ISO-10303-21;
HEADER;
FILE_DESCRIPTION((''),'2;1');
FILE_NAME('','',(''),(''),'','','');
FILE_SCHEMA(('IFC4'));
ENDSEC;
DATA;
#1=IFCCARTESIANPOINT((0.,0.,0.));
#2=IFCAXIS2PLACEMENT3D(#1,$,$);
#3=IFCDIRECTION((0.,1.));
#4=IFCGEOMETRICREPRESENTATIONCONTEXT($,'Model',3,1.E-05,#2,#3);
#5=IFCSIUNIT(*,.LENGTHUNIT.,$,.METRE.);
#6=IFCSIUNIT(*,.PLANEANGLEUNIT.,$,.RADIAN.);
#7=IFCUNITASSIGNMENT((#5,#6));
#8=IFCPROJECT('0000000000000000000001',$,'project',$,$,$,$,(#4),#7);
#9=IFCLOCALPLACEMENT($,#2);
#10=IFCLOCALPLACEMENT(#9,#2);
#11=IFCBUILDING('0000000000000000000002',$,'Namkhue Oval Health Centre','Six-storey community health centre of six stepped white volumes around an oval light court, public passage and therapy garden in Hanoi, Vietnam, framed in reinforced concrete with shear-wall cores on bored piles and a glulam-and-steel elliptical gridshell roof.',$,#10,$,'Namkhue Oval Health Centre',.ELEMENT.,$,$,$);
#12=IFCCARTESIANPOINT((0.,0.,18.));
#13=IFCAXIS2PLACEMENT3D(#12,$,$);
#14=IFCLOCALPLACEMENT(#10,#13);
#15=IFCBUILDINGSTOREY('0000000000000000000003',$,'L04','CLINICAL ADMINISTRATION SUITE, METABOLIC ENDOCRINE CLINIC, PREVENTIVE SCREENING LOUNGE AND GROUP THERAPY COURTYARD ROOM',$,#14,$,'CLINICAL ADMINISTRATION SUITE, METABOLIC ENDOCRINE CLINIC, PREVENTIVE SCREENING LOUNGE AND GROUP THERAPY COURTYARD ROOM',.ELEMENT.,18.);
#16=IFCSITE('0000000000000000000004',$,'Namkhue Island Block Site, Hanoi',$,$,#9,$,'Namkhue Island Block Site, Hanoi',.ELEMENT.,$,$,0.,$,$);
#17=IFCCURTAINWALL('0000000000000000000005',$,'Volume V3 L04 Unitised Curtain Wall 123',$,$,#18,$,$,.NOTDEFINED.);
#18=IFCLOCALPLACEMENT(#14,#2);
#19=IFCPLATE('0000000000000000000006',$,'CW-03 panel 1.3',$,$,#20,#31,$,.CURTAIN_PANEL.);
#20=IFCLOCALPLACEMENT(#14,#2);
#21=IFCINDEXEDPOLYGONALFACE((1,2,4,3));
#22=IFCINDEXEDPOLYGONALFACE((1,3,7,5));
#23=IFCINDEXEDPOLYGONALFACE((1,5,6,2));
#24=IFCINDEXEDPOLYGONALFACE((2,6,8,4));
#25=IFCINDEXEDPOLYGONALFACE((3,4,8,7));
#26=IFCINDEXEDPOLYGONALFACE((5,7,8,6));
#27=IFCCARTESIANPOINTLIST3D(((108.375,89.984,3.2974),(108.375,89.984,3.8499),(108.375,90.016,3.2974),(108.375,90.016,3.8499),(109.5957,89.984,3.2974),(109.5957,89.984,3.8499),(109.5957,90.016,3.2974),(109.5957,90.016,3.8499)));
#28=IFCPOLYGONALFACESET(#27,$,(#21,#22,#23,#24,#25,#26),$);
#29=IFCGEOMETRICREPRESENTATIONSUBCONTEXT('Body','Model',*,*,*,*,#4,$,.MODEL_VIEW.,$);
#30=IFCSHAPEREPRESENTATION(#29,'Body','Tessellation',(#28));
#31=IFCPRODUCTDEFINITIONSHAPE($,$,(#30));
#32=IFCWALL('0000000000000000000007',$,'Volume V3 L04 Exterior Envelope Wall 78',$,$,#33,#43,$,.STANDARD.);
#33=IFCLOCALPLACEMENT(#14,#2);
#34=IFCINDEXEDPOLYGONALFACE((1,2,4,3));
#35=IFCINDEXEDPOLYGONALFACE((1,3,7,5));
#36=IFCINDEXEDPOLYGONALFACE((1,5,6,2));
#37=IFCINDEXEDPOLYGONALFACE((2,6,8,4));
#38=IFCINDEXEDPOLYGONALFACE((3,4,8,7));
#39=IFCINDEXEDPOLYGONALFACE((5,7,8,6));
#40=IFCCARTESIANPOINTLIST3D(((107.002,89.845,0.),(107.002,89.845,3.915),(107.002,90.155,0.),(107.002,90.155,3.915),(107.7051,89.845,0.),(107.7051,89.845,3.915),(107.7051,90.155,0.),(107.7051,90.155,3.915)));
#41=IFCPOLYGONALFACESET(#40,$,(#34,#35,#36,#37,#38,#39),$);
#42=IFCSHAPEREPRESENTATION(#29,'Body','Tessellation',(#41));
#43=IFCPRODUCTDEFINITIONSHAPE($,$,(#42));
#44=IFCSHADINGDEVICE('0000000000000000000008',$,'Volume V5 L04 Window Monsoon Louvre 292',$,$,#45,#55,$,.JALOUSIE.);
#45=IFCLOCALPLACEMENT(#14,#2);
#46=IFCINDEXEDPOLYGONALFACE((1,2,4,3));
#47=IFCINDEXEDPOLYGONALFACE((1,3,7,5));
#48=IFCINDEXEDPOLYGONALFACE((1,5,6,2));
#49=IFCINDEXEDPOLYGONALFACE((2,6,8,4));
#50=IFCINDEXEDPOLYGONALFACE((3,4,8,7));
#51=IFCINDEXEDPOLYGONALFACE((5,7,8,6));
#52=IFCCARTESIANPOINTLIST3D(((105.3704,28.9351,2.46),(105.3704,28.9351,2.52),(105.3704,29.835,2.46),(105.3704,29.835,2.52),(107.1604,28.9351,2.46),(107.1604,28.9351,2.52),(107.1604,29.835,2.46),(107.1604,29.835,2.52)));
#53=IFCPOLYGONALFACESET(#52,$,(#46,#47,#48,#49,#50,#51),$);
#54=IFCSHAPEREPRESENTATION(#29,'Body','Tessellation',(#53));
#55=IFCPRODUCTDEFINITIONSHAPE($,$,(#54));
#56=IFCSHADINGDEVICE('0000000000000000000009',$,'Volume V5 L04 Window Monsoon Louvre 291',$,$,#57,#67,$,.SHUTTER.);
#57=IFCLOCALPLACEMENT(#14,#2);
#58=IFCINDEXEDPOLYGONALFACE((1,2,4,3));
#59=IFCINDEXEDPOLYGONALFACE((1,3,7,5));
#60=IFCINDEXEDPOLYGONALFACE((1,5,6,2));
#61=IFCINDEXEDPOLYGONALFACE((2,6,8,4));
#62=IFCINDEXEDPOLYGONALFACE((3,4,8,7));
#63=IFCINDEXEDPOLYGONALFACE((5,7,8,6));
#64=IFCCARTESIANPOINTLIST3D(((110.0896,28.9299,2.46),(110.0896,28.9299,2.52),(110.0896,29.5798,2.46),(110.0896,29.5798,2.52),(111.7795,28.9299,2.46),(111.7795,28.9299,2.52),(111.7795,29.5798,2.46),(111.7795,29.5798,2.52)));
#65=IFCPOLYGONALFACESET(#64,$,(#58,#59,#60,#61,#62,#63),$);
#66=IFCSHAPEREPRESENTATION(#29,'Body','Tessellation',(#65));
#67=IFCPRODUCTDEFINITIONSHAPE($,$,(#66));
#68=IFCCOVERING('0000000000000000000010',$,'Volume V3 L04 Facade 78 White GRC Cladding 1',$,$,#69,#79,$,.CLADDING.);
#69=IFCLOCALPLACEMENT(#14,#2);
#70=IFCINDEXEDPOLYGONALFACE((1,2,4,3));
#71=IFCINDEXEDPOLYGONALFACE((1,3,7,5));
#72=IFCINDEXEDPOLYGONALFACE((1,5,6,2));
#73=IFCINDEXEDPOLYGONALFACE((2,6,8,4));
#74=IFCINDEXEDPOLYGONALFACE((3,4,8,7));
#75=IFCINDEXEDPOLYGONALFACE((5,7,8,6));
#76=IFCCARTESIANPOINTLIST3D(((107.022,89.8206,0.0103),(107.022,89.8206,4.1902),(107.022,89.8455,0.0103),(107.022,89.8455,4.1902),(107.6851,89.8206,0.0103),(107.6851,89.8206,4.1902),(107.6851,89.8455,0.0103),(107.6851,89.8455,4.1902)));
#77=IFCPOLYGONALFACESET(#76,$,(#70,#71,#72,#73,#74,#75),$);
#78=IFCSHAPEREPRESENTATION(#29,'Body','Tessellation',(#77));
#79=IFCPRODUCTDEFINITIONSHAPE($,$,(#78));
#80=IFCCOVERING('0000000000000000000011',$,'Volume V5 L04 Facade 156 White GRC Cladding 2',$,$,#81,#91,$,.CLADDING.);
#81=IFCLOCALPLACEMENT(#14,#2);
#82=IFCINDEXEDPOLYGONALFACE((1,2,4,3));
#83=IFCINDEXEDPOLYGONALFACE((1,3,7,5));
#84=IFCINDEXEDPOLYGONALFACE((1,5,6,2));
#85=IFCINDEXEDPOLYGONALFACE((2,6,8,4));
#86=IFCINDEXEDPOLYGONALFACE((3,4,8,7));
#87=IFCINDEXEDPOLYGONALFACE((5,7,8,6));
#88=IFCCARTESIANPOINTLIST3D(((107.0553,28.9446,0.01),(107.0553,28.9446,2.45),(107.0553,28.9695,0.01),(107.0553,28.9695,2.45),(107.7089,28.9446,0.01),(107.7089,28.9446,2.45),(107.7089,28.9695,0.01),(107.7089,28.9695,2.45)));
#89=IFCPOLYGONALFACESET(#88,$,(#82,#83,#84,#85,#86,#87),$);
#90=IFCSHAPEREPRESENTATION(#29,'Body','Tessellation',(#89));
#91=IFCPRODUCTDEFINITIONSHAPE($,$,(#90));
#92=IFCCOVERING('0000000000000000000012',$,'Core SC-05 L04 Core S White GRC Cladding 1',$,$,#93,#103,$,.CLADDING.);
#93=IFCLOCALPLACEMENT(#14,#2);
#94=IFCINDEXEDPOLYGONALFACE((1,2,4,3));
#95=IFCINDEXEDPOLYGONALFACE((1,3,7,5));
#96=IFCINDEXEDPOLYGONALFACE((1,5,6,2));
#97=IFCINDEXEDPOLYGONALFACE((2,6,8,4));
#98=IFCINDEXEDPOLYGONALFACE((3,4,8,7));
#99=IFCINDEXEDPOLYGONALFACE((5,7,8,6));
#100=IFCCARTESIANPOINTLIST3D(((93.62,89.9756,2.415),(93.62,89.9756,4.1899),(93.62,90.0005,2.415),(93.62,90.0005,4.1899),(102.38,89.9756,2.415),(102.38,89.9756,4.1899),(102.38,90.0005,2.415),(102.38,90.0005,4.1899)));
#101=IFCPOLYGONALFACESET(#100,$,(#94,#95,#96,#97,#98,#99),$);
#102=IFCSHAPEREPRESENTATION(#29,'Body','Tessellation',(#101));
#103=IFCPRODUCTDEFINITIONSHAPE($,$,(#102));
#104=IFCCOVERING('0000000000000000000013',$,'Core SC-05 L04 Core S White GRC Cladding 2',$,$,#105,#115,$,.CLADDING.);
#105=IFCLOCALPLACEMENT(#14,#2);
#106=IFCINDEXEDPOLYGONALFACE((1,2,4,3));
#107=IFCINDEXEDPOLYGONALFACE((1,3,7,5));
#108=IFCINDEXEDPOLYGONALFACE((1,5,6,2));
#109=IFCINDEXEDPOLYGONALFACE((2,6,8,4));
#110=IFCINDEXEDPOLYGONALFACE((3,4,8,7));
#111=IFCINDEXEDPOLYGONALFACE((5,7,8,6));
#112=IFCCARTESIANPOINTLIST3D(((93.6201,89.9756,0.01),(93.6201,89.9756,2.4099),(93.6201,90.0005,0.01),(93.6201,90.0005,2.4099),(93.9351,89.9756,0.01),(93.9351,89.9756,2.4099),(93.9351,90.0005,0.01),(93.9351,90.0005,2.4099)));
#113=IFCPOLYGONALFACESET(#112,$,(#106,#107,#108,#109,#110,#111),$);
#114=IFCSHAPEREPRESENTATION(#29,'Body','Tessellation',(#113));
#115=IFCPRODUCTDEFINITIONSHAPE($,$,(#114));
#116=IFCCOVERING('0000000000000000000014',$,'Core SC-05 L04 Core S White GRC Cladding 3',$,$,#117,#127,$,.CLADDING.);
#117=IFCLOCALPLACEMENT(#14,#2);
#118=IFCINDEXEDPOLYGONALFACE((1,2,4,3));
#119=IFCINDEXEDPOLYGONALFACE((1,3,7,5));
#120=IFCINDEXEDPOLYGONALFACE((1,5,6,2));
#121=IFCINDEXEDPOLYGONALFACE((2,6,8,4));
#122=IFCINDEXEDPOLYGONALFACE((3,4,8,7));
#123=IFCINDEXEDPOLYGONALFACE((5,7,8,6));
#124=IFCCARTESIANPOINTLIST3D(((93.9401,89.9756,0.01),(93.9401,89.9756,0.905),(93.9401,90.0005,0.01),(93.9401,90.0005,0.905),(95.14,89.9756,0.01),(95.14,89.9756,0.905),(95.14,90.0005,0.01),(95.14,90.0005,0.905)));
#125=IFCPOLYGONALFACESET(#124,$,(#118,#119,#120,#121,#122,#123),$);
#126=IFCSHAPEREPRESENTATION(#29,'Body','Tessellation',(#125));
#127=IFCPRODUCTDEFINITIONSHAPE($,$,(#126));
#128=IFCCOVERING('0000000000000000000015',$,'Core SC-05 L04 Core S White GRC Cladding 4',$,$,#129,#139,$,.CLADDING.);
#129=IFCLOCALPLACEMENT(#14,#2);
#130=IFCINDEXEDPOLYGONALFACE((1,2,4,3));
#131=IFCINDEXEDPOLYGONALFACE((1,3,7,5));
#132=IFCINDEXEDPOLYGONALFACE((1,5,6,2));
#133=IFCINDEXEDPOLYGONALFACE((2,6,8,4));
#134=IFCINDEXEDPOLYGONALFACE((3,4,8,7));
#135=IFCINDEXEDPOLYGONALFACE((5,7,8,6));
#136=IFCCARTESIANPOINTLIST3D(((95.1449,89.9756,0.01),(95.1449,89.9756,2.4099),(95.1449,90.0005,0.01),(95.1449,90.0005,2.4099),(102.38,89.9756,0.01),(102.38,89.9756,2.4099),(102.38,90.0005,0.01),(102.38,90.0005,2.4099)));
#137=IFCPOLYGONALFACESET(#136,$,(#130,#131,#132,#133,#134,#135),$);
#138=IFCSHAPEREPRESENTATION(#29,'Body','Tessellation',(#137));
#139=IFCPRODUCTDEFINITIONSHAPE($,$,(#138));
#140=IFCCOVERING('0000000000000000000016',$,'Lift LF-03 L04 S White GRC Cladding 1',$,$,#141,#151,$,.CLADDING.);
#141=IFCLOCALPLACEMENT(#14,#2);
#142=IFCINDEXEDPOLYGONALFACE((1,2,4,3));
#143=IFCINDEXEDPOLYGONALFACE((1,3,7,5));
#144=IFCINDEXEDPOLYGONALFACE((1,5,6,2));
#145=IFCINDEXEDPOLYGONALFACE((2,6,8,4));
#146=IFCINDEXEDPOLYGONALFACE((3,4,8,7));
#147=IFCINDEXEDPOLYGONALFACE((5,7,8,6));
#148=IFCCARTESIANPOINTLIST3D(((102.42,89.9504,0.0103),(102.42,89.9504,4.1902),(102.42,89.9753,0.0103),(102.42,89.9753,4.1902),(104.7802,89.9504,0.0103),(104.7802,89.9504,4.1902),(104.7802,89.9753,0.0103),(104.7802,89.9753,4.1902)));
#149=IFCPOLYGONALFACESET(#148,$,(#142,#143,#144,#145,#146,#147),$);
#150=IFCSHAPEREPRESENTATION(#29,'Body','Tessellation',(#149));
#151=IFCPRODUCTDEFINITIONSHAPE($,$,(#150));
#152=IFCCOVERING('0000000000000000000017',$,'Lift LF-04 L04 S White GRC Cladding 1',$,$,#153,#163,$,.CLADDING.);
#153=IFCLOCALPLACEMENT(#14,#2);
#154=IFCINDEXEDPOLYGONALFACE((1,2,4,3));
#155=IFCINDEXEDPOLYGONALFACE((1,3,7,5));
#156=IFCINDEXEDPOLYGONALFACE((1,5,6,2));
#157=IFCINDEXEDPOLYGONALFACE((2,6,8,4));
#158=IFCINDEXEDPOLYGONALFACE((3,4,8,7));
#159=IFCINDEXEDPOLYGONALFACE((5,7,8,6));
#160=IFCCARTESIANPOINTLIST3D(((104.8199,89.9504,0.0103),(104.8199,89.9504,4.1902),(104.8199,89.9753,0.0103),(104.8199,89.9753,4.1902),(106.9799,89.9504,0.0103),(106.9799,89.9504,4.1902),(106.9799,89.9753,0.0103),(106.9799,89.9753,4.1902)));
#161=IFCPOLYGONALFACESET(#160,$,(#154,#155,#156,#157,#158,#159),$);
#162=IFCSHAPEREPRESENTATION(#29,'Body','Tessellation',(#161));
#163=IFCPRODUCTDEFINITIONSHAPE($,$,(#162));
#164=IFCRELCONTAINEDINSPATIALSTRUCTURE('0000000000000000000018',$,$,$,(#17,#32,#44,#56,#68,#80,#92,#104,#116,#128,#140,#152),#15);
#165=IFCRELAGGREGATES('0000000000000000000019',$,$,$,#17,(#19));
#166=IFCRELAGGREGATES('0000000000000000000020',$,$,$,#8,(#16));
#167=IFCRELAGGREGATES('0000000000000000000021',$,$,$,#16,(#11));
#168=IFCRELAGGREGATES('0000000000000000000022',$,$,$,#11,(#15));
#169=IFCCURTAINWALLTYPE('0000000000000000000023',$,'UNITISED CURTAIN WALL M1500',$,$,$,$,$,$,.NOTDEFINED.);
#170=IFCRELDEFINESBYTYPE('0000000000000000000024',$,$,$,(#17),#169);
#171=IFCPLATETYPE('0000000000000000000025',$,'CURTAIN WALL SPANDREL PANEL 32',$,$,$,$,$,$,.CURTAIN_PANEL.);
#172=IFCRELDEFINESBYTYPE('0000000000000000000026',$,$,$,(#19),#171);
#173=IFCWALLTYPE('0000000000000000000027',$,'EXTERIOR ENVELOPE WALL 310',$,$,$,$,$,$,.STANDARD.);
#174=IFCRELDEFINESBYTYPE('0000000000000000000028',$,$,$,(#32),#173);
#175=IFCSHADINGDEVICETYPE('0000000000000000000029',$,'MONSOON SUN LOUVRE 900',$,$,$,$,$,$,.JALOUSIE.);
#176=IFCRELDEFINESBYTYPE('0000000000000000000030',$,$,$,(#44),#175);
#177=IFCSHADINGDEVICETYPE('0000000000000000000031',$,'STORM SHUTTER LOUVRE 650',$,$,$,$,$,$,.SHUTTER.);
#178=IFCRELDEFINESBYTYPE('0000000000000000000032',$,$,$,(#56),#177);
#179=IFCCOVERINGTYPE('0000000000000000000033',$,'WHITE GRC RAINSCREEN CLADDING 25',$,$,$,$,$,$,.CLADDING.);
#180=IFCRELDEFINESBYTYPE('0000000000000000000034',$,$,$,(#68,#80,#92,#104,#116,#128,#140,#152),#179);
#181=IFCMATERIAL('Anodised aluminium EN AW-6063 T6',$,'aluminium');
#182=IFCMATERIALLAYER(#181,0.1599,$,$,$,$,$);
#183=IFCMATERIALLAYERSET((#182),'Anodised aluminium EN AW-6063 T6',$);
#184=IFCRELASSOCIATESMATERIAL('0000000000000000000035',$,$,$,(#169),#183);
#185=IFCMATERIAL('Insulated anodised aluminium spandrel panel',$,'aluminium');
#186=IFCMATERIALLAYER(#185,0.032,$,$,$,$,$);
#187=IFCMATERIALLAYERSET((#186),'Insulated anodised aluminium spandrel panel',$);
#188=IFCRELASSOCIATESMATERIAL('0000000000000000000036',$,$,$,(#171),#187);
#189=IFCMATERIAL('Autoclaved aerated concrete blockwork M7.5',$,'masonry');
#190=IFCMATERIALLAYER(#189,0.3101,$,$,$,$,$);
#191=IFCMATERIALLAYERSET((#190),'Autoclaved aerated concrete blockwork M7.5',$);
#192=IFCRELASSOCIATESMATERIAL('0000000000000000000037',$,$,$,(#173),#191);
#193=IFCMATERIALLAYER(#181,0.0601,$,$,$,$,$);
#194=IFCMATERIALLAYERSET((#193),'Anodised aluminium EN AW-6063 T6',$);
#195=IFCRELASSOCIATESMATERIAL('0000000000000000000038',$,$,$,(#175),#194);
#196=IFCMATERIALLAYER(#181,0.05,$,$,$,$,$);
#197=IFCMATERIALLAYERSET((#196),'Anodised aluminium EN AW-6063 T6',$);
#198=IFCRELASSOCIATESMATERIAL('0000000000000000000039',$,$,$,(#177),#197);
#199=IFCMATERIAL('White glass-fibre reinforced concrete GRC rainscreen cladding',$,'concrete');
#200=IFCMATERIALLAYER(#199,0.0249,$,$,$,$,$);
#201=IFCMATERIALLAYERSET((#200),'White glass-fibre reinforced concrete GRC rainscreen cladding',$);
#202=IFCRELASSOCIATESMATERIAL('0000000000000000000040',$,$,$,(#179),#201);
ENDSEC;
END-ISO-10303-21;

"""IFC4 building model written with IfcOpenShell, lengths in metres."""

from ifc_helpers import new_model, si_unit, direction, frame, frame_2d, origin, origin_2d, place, context, subcontext, project, spatial, rectangle, extrude, material, layer, layer_set, type_object, element, aggregate, save


model = new_model("IFC4")

# Units and contexts
model_context = context("Model", 3, precision=1e-05, world=origin(), true_north=direction((0.0, 1.0)))
body_context = subcontext(model_context, "Body", "Model", "MODEL_VIEW")
ifc_project = project(units=[si_unit("LENGTHUNIT", "METRE"), si_unit("PLANEANGLEUNIT", "RADIAN")], contexts=[model_context])

# Site, building, storey
site_placement = place(None, origin())
site = spatial("IfcSite", under=ifc_project, at=site_placement, Name="Namkhue Island Block Site, Hanoi", LongName="Namkhue Island Block Site, Hanoi", CompositionType="ELEMENT", RefElevation=0.0)
building_placement = place(site_placement, origin())
building = spatial("IfcBuilding", under=site, at=building_placement, Name="Namkhue Oval Health Centre", Description="Six-storey community health centre of six stepped white volumes around an oval light court, public passage and therapy garden in Hanoi, Vietnam, framed in reinforced concrete with shear-wall cores on bored piles and a glulam-and-steel elliptical gridshell roof.", LongName="Namkhue Oval Health Centre", CompositionType="ELEMENT")
storey_placement = place(building_placement, frame((0.0, 0.0, 18.0)))
storey = spatial("IfcBuildingStorey", under=building, at=storey_placement, Name="L04", Description="CLINICAL ADMINISTRATION SUITE, METABOLIC ENDOCRINE CLINIC, PREVENTIVE SCREENING LOUNGE AND GROUP THERAPY COURTYARD ROOM", LongName="CLINICAL ADMINISTRATION SUITE, METABOLIC ENDOCRINE CLINIC, PREVENTIVE SCREENING LOUNGE AND GROUP THERAPY COURTYARD ROOM", CompositionType="ELEMENT", Elevation=18.0)

# Curtain wall, plate
ifc_material_1 = material(Name="Anodised aluminium EN AW-6063 T6", Category="aluminium")
ifc_layer_1 = layer(ifc_material_1, 0.1599)
ifc_layer_set_1 = layer_set([ifc_layer_1], Name="Anodised aluminium EN AW-6063 T6")
curtain_wall_type = type_object("IfcCurtainWallType", Name="UNITISED CURTAIN WALL M1500", PredefinedType="NOTDEFINED", material=ifc_layer_set_1)
curtain_wall_placement = place(storey_placement, origin())
curtain_wall = element("IfcCurtainWall", 1, at=curtain_wall_placement, inside=storey, type_object=curtain_wall_type, Name="Volume V3 L04 Unitised Curtain Wall 123", PredefinedType="NOTDEFINED")
ifc_material_2 = material(Name="Insulated anodised aluminium spandrel panel", Category="aluminium")
ifc_layer_2 = layer(ifc_material_2, 0.032)
ifc_layer_set_2 = layer_set([ifc_layer_2], Name="Insulated anodised aluminium spandrel panel")
plate_type = type_object("IfcPlateType", Name="CURTAIN WALL SPANDREL PANEL 32", PredefinedType="CURTAIN_PANEL", material=ifc_layer_set_2)
plate_1_placement = place(storey_placement, frame((108.9854, 90.0, 3.2974), z_axis=(0.0, 0.0, 1.0), x_axis=(1.0, 0.0, 0.0)))
plate_1 = element("IfcPlate", 2, at=plate_1_placement, type_object=plate_type, Name="CW-03 panel 1.3", PredefinedType="CURTAIN_PANEL", context=body_context, shape_type="SweptSolid", body=[
    extrude(rectangle(XDim=1.2207, YDim=0.032, at=origin_2d()), origin(), (0.0, 0.0, 1.0), 0.5525),
])
aggregate(curtain_wall, [plate_1])

# Wall
ifc_material_3 = material(Name="Autoclaved aerated concrete blockwork M7.5", Category="masonry")
ifc_layer_3 = layer(ifc_material_3, 0.3101)
ifc_layer_set_3 = layer_set([ifc_layer_3], Name="Autoclaved aerated concrete blockwork M7.5")
wall_type = type_object("IfcWallType", Name="EXTERIOR ENVELOPE WALL 310", PredefinedType="STANDARD", material=ifc_layer_set_3)
wall_placement = place(storey_placement, frame((107.002, 90.0, 0.0), z_axis=(0.0, 0.0, 1.0), x_axis=(1.0, 0.0, 0.0)))
element("IfcWall", 3, at=wall_placement, inside=storey, type_object=wall_type, Name="Volume V3 L04 Exterior Envelope Wall 78", PredefinedType="STANDARD", context=body_context, shape_type="SweptSolid", body=[
    extrude(rectangle(XDim=0.7031, YDim=0.3101, at=frame_2d((0.3516, 0.0))), origin(), (0.0, 0.0, 1.0), 3.915),
])

# Shading devices
ifc_layer_4 = layer(ifc_material_1, 0.0601)
ifc_layer_set_4 = layer_set([ifc_layer_4], Name="Anodised aluminium EN AW-6063 T6")
shading_device_type_1 = type_object("IfcShadingDeviceType", Name="MONSOON SUN LOUVRE 900", PredefinedType="JALOUSIE", material=ifc_layer_set_4)
shading_device_1_placement = place(storey_placement, frame((106.2654, 29.385, 2.46), z_axis=(0.0, 0.0, 1.0), x_axis=(-1.0, 0.0, 0.0)))
element("IfcShadingDevice", 4, at=shading_device_1_placement, inside=storey, type_object=shading_device_type_1, Name="Volume V5 L04 Window Monsoon Louvre 292", PredefinedType="JALOUSIE", context=body_context, shape_type="SweptSolid", body=[
    extrude(rectangle(XDim=1.79, YDim=0.8999, at=origin_2d()), origin(), (0.0, 0.0, 1.0), 0.0601),
])
ifc_layer_5 = layer(ifc_material_1, 0.05)
ifc_layer_set_5 = layer_set([ifc_layer_5], Name="Anodised aluminium EN AW-6063 T6")
shading_device_type_2 = type_object("IfcShadingDeviceType", Name="STORM SHUTTER LOUVRE 650", PredefinedType="SHUTTER", material=ifc_layer_set_5)
shading_device_2_placement = place(storey_placement, frame((110.9346, 29.2549, 2.46), z_axis=(0.0, 0.0, 1.0), x_axis=(-1.0, 0.0, 0.0)))
element("IfcShadingDevice", 5, at=shading_device_2_placement, inside=storey, type_object=shading_device_type_2, Name="Volume V5 L04 Window Monsoon Louvre 291", PredefinedType="SHUTTER", context=body_context, shape_type="SweptSolid", body=[
    extrude(rectangle(XDim=1.6899, YDim=0.6499, at=origin_2d()), origin(), (0.0, 0.0, 1.0), 0.0601),
])

# Coverings
ifc_material_4 = material(Name="White glass-fibre reinforced concrete GRC rainscreen cladding", Category="concrete")
ifc_layer_6 = layer(ifc_material_4, 0.0249)
ifc_layer_set_6 = layer_set([ifc_layer_6], Name="White glass-fibre reinforced concrete GRC rainscreen cladding")
covering_type = type_object("IfcCoveringType", Name="WHITE GRC RAINSCREEN CLADDING 25", PredefinedType="CLADDING", material=ifc_layer_set_6)
covering_1_placement = place(storey_placement, frame((107.3535, 89.833, 0.0103), z_axis=(0.0, 0.0, 1.0), x_axis=(1.0, 0.0, 0.0)))
element("IfcCovering", 6, at=covering_1_placement, inside=storey, type_object=covering_type, Name="Volume V3 L04 Facade 78 White GRC Cladding 1", PredefinedType="CLADDING", context=body_context, shape_type="SweptSolid", body=[
    extrude(rectangle(XDim=0.6631, YDim=0.0249, at=origin_2d()), origin(), (0.0, 0.0, 1.0), 4.1799),
])
covering_2_placement = place(storey_placement, frame((107.3821, 28.957, 0.01), z_axis=(0.0, 0.0, 1.0), x_axis=(-1.0, 0.0, 0.0)))
element("IfcCovering", 7, at=covering_2_placement, inside=storey, type_object=covering_type, Name="Volume V5 L04 Facade 156 White GRC Cladding 2", PredefinedType="CLADDING", context=body_context, shape_type="SweptSolid", body=[
    extrude(rectangle(XDim=0.6536, YDim=0.0249, at=origin_2d()), origin(), (0.0, 0.0, 1.0), 2.4399),
])
covering_3_placement = place(storey_placement, frame((98.0, 89.988, 2.415), z_axis=(0.0, 0.0, 1.0), x_axis=(1.0, 0.0, 0.0)))
element("IfcCovering", 8, at=covering_3_placement, inside=storey, type_object=covering_type, Name="Core SC-05 L04 Core S White GRC Cladding 1", PredefinedType="CLADDING", context=body_context, shape_type="SweptSolid", body=[
    extrude(rectangle(XDim=8.76, YDim=0.0249, at=origin_2d()), origin(), (0.0, 0.0, 1.0), 1.7749),
])
covering_4_placement = place(storey_placement, frame((93.7776, 89.988, 0.01), z_axis=(0.0, 0.0, 1.0), x_axis=(1.0, 0.0, 0.0)))
element("IfcCovering", 9, at=covering_4_placement, inside=storey, type_object=covering_type, Name="Core SC-05 L04 Core S White GRC Cladding 2", PredefinedType="CLADDING", context=body_context, shape_type="SweptSolid", body=[
    extrude(rectangle(XDim=0.3149, YDim=0.0249, at=origin_2d()), origin(), (0.0, 0.0, 1.0), 2.3999),
])
covering_5_placement = place(storey_placement, frame((94.54, 89.988, 0.01), z_axis=(0.0, 0.0, 1.0), x_axis=(1.0, 0.0, 0.0)))
element("IfcCovering", 10, at=covering_5_placement, inside=storey, type_object=covering_type, Name="Core SC-05 L04 Core S White GRC Cladding 3", PredefinedType="CLADDING", context=body_context, shape_type="SweptSolid", body=[
    extrude(rectangle(XDim=1.2, YDim=0.0249, at=origin_2d()), origin(), (0.0, 0.0, 1.0), 0.895),
])
covering_6_placement = place(storey_placement, frame((98.7625, 89.988, 0.01), z_axis=(0.0, 0.0, 1.0), x_axis=(1.0, 0.0, 0.0)))
element("IfcCovering", 11, at=covering_6_placement, inside=storey, type_object=covering_type, Name="Core SC-05 L04 Core S White GRC Cladding 4", PredefinedType="CLADDING", context=body_context, shape_type="SweptSolid", body=[
    extrude(rectangle(XDim=7.2351, YDim=0.0249, at=origin_2d()), origin(), (0.0, 0.0, 1.0), 2.3999),
])
covering_7_placement = place(storey_placement, frame((103.6001, 89.9629, 0.0103), z_axis=(0.0, 0.0, 1.0), x_axis=(1.0, 0.0, 0.0)))
element("IfcCovering", 12, at=covering_7_placement, inside=storey, type_object=covering_type, Name="Lift LF-03 L04 S White GRC Cladding 1", PredefinedType="CLADDING", context=body_context, shape_type="SweptSolid", body=[
    extrude(rectangle(XDim=2.3601, YDim=0.0249, at=origin_2d()), origin(), (0.0, 0.0, 1.0), 4.1799),
])
covering_8_placement = place(storey_placement, frame((105.8999, 89.9629, 0.0103), z_axis=(0.0, 0.0, 1.0), x_axis=(1.0, 0.0, 0.0)))
element("IfcCovering", 13, at=covering_8_placement, inside=storey, type_object=covering_type, Name="Lift LF-04 L04 S White GRC Cladding 1", PredefinedType="CLADDING", context=body_context, shape_type="SweptSolid", body=[
    extrude(rectangle(XDim=2.1599, YDim=0.0249, at=origin_2d()), origin(), (0.0, 0.0, 1.0), 4.1799),
])

save(model, "model.ifc")
